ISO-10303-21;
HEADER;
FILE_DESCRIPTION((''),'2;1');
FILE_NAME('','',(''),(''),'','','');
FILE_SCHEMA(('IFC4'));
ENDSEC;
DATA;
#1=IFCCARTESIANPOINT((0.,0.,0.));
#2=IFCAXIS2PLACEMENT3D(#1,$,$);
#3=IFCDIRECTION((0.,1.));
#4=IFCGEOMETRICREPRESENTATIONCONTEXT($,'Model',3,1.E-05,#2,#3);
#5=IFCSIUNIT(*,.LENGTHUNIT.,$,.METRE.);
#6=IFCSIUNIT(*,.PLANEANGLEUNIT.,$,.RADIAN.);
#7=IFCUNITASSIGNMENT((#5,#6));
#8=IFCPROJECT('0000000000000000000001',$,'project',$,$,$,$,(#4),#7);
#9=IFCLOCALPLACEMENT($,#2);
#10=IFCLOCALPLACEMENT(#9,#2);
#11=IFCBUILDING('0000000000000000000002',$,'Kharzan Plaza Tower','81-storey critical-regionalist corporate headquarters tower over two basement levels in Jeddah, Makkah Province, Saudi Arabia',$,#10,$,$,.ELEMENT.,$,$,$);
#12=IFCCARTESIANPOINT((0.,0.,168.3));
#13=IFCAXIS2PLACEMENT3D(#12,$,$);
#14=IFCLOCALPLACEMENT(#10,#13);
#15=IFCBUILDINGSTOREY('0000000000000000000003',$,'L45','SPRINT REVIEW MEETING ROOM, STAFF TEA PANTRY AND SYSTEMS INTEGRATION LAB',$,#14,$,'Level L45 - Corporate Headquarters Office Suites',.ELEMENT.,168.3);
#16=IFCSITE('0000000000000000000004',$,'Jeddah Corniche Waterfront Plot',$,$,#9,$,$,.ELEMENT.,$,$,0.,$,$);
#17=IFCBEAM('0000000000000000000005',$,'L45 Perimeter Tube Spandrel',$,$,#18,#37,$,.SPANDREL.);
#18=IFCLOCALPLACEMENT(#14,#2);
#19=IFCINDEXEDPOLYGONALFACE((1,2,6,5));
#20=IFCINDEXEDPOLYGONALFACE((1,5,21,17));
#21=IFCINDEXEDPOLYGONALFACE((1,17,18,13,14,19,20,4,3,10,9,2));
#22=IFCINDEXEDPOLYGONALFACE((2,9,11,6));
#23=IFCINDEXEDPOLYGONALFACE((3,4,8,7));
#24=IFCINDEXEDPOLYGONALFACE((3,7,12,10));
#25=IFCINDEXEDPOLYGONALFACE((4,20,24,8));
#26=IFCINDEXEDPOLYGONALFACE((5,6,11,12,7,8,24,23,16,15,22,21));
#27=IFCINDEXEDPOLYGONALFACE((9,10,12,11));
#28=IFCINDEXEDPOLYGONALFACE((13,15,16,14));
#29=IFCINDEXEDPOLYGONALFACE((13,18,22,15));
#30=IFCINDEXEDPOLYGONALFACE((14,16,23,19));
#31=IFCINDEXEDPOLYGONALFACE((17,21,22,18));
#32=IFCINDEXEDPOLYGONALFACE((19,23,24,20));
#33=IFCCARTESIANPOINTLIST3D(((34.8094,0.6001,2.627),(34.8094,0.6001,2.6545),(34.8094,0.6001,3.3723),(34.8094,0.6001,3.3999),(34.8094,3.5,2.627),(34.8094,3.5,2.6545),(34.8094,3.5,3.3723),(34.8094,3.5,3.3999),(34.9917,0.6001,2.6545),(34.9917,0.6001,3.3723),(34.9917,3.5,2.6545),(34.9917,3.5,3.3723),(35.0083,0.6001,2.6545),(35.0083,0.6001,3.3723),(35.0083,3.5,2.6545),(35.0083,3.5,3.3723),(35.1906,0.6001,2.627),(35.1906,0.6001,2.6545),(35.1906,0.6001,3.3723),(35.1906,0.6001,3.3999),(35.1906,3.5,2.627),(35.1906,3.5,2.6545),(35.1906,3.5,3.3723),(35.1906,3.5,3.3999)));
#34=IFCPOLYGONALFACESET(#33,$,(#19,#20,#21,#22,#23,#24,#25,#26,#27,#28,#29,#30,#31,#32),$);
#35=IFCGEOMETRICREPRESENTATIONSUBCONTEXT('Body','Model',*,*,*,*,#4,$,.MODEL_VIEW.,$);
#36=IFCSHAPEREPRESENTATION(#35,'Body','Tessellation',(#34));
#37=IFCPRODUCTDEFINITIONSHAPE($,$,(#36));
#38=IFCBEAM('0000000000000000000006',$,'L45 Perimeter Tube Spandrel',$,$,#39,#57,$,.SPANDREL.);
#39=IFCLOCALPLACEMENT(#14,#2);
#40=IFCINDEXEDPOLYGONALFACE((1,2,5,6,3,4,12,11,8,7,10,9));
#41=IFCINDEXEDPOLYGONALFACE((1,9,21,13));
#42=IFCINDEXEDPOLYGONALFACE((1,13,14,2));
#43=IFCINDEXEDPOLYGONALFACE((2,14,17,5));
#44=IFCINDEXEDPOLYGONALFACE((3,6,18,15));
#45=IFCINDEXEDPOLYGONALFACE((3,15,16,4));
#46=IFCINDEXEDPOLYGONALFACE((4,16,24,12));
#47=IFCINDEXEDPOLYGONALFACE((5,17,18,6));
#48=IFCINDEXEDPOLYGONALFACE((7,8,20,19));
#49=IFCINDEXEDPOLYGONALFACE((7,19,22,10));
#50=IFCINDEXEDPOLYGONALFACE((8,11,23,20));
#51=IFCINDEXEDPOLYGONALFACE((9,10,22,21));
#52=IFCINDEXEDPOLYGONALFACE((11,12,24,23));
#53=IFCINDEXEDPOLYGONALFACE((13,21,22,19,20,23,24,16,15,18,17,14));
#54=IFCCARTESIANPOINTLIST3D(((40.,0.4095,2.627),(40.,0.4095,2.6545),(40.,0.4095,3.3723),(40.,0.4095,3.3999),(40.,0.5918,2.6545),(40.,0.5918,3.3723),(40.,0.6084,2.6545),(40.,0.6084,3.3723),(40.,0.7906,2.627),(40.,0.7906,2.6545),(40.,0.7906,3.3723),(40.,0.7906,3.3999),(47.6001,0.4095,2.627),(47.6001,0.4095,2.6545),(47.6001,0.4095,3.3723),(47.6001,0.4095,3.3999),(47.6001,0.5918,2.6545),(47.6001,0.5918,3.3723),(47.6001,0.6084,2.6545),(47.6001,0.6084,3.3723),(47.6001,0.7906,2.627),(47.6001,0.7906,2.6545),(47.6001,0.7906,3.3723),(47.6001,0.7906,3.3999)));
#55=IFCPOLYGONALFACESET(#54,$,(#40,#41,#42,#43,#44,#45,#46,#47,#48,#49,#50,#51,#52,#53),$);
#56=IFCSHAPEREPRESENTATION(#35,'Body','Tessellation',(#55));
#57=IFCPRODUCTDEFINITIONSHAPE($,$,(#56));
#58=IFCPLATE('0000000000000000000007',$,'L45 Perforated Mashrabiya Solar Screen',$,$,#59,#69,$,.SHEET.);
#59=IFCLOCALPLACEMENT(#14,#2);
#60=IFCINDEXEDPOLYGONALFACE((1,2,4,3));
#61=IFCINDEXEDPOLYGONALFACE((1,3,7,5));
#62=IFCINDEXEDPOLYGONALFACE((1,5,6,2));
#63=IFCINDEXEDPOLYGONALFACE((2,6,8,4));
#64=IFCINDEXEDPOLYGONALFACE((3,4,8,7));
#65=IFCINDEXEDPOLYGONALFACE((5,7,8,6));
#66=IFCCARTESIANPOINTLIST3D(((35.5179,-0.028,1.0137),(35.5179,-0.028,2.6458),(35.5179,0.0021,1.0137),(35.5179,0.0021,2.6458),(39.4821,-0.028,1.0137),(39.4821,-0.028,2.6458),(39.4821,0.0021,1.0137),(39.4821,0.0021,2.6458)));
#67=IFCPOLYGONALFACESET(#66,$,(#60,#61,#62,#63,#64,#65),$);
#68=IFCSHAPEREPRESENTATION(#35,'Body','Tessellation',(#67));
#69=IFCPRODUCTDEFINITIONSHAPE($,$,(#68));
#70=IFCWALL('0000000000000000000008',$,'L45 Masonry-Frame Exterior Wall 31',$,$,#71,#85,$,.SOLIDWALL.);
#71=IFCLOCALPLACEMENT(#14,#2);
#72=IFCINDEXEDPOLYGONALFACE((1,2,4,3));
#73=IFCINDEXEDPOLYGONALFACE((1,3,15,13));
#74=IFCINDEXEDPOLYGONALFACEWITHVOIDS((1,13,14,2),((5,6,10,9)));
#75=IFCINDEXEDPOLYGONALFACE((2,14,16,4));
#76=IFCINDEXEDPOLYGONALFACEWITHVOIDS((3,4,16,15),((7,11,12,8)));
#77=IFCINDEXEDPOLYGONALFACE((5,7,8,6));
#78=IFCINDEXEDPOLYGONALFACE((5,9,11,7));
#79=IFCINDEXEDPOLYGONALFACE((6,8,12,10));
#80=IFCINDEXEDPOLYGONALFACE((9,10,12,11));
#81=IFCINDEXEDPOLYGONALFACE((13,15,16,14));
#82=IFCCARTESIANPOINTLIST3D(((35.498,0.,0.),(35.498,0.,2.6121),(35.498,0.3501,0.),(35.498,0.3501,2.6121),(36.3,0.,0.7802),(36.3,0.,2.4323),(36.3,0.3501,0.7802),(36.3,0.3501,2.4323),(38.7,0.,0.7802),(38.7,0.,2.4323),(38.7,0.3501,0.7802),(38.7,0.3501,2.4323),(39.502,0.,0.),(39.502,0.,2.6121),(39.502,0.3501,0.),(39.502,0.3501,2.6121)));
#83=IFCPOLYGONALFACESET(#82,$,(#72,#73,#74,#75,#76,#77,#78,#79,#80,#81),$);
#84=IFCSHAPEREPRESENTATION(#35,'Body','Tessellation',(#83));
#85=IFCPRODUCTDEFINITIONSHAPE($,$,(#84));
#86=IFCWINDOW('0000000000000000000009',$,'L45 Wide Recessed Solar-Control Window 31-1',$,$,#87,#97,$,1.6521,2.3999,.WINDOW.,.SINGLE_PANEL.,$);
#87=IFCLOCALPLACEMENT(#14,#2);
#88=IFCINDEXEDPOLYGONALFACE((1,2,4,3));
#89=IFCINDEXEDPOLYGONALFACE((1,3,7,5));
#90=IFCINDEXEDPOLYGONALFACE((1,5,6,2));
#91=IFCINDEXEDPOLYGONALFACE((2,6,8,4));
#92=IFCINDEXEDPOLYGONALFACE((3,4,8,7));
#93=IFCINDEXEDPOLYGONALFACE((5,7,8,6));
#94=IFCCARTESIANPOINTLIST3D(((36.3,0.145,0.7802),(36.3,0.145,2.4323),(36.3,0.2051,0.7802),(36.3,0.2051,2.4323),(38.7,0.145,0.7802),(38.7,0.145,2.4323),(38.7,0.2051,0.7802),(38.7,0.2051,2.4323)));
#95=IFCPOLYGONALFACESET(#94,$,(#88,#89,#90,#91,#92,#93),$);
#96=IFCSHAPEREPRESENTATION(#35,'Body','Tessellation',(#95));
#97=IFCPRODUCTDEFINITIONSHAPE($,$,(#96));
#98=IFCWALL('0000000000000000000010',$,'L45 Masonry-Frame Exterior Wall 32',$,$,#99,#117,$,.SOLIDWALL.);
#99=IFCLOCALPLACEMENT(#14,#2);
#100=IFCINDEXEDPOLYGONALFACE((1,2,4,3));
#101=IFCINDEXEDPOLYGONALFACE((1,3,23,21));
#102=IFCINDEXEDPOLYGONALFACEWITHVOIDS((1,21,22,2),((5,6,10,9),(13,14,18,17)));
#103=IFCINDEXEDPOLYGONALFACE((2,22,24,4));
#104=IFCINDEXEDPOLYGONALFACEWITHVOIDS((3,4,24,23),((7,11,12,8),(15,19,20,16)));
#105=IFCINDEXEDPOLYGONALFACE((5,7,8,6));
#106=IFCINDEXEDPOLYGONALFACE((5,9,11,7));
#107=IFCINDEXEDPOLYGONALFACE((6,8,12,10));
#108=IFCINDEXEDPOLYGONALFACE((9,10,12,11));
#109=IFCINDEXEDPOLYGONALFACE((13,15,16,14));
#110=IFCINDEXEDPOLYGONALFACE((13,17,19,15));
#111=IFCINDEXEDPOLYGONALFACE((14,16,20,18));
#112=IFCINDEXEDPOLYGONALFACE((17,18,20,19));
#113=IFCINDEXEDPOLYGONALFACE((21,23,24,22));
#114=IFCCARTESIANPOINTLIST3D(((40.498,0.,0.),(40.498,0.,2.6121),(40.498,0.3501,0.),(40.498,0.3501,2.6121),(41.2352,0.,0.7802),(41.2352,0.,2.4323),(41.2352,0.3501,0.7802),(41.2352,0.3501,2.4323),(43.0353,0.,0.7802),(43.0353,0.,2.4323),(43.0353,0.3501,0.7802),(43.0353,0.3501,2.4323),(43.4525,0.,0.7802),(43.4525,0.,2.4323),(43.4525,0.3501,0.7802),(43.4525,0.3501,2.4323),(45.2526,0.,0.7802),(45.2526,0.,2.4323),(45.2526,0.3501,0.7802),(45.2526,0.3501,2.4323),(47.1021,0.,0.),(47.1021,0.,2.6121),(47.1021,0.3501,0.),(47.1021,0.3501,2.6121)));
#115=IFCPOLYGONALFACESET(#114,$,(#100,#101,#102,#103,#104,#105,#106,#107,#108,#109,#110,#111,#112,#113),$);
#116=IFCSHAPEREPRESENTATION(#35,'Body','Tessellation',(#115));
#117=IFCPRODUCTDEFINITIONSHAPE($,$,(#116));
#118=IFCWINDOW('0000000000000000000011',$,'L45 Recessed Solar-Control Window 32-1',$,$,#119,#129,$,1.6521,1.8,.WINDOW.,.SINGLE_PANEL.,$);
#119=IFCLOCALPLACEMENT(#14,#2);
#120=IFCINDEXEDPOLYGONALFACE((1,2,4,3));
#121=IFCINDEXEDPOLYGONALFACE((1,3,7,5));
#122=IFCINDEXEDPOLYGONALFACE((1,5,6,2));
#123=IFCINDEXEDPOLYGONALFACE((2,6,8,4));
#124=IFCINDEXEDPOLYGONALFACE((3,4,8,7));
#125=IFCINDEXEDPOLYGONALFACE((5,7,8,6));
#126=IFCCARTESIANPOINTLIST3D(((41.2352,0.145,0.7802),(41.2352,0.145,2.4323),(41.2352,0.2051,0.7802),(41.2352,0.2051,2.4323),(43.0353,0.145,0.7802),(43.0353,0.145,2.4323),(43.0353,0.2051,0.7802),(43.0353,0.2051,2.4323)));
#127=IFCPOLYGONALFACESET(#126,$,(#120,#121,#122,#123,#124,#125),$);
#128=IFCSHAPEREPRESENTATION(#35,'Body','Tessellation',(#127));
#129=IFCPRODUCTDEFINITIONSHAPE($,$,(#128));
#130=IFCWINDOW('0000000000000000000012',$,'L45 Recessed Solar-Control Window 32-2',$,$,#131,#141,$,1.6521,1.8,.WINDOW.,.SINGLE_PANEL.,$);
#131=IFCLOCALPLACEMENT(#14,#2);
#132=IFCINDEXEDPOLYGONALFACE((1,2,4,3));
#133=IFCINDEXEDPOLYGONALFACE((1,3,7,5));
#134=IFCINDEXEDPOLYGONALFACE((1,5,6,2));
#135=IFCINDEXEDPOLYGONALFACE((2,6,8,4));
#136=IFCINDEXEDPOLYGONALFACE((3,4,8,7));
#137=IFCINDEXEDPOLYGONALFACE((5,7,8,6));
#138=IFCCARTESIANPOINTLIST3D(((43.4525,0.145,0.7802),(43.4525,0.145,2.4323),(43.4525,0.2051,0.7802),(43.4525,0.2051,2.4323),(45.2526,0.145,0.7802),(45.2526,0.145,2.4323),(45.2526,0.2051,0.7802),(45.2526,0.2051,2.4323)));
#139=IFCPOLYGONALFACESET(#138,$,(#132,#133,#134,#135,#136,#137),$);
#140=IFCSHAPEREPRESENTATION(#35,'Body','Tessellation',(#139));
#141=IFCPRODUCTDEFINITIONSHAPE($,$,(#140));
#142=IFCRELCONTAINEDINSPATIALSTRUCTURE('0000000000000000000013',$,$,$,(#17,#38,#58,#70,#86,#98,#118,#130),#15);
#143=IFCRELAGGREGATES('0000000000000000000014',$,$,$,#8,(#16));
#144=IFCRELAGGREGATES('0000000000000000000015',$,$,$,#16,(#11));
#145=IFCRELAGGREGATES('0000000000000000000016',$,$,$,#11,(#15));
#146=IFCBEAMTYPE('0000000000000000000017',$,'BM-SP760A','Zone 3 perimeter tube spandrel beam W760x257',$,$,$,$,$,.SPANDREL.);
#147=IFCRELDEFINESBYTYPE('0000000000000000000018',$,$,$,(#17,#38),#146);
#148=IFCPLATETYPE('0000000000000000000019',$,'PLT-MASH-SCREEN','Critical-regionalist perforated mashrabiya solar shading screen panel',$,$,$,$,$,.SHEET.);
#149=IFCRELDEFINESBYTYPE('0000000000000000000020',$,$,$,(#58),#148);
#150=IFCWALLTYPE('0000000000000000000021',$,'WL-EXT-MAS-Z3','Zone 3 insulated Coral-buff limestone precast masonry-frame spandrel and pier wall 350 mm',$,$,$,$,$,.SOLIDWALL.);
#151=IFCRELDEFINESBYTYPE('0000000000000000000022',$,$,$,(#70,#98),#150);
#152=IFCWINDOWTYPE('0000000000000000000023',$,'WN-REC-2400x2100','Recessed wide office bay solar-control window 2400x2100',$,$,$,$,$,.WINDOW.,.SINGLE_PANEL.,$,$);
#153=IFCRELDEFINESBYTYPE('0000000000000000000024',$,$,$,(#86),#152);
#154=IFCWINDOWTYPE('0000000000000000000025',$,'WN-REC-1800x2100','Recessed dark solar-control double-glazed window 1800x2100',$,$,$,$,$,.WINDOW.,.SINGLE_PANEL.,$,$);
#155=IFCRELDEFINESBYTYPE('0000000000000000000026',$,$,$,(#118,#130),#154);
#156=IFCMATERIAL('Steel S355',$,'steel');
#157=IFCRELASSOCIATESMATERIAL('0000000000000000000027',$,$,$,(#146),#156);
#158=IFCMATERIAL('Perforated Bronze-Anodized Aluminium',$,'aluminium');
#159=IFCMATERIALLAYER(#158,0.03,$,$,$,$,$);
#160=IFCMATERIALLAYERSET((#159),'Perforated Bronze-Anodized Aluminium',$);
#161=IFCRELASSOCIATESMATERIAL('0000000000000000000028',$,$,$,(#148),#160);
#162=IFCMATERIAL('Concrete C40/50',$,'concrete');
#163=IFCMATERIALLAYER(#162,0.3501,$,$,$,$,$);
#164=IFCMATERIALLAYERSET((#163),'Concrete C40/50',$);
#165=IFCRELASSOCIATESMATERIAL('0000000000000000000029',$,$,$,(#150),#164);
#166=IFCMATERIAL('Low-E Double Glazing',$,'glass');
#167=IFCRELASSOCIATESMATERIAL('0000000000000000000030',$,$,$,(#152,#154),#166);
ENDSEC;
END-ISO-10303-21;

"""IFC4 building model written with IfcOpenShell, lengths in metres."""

from ifc_helpers import new_model, si_unit, direction, frame, frame_2d, origin, origin_2d, place, context, subcontext, project, spatial, rectangle, i_section, extrude, source, transform, mapped, material, layer, layer_set, material_profile, profile_set, type_object, element, fill, save


model = new_model("IFC4")

# Units and contexts
model_context = context("Model", 3, precision=1e-05, world=origin(), true_north=direction((0.0, 1.0)))
body_context = subcontext(model_context, "Body", "Model", "MODEL_VIEW")
ifc_project = project(units=[si_unit("LENGTHUNIT", "METRE"), si_unit("PLANEANGLEUNIT", "RADIAN")], contexts=[model_context])

# Site, building, storey
site_placement = place(None, origin())
site = spatial("IfcSite", under=ifc_project, at=site_placement, Name="Jeddah Corniche Waterfront Plot", CompositionType="ELEMENT", RefElevation=0.0)
building_placement = place(site_placement, origin())
building = spatial("IfcBuilding", under=site, at=building_placement, Name="Kharzan Plaza Tower", Description="81-storey critical-regionalist corporate headquarters tower over two basement levels in Jeddah, Makkah Province, Saudi Arabia", CompositionType="ELEMENT")
storey_placement = place(building_placement, frame((0.0, 0.0, 168.3)))
storey = spatial("IfcBuildingStorey", under=building, at=storey_placement, Name="L45", Description="SPRINT REVIEW MEETING ROOM, STAFF TEA PANTRY AND SYSTEMS INTEGRATION LAB", LongName="Level L45 - Corporate Headquarters Office Suites", CompositionType="ELEMENT", Elevation=168.3)

# Beams
ifc_material_1 = material(Name="Steel S355", Category="steel")
ifc_material_profile_1 = material_profile(ifc_material_1, i_section(OverallWidth=0.3811, OverallDepth=0.7729, WebThickness=0.0166, FlangeThickness=0.0276, at=origin_2d()), Name="W760x257")
ifc_profile_set_1 = profile_set([ifc_material_profile_1], Name="Steel S355")
beam_type_1 = type_object("IfcBeamType", Name="BM-SP760A", Description="Zone 3 perimeter tube spandrel beam W760x257", PredefinedType="SPANDREL", material=ifc_profile_set_1)
shared_shape_1 = source(origin(), body_context, "Body", "SweptSolid", [
    extrude(i_section(OverallWidth=0.3811, OverallDepth=0.7729, WebThickness=0.0166, FlangeThickness=0.0276, at=origin_2d()), origin(), (0.0, 0.0, 1.0), 2.8999),
])
beam_1_placement = place(storey_placement, frame((35.0, 0.6001, 3.0134), z_axis=(0.0, 1.0, 0.0), x_axis=(-1.0, 0.0, 0.0)))
element("IfcBeam", 1, at=beam_1_placement, inside=storey, type_object=beam_type_1, Name="L45 Perimeter Tube Spandrel", PredefinedType="SPANDREL", context=body_context, shape_type="MappedRepresentation", body=[
    mapped(shared_shape_1, transform((0.0, 0.0, 0.0), x_axis=(1.0, 0.0, 0.0), y_axis=(0.0, 1.0, 0.0), z_axis=(0.0, 0.0, 1.0))),
])
shared_shape_2 = source(origin(), body_context, "Body", "SweptSolid", [
    extrude(i_section(OverallWidth=0.3811, OverallDepth=0.7729, WebThickness=0.0166, FlangeThickness=0.0276, at=origin_2d()), origin(), (0.0, 0.0, 1.0), 7.6001),
])
beam_2_placement = place(storey_placement, frame((40.0, 0.6001, 3.0134), z_axis=(1.0, 0.0, 0.0), x_axis=(0.0, 1.0, 0.0)))
element("IfcBeam", 2, at=beam_2_placement, inside=storey, type_object=beam_type_1, Name="L45 Perimeter Tube Spandrel", PredefinedType="SPANDREL", context=body_context, shape_type="MappedRepresentation", body=[
    mapped(shared_shape_2, transform((0.0, 0.0, 0.0), x_axis=(1.0, 0.0, 0.0), y_axis=(0.0, 1.0, 0.0), z_axis=(0.0, 0.0, 1.0))),
])

# Plate
ifc_material_2 = material(Name="Perforated Bronze-Anodized Aluminium", Category="aluminium")
ifc_layer_1 = layer(ifc_material_2, 0.03)
ifc_layer_set_1 = layer_set([ifc_layer_1], Name="Perforated Bronze-Anodized Aluminium")
plate_type = type_object("IfcPlateType", Name="PLT-MASH-SCREEN", Description="Critical-regionalist perforated mashrabiya solar shading screen panel", PredefinedType="SHEET", material=ifc_layer_set_1)
shared_shape_3 = source(origin(), body_context, "Body", "SweptSolid", [
    extrude(rectangle(XDim=3.9641, YDim=0.03, at=origin_2d()), origin(), (0.0, 0.0, 1.0), 1.6321),
])
plate_placement = place(storey_placement, frame((37.5, -0.0129, 1.0137), z_axis=(0.0, 0.0, 1.0), x_axis=(1.0, 0.0, 0.0)))
element("IfcPlate", 3, at=plate_placement, inside=storey, type_object=plate_type, Name="L45 Perforated Mashrabiya Solar Screen", PredefinedType="SHEET", context=body_context, shape_type="MappedRepresentation", body=[
    mapped(shared_shape_3, transform((0.0, 0.0, 0.0), x_axis=(1.0, 0.0, 0.0), y_axis=(0.0, 1.0, 0.0), z_axis=(0.0, 0.0, 1.0))),
])

# Wall, opening, window
ifc_material_3 = material(Name="Concrete C40/50", Category="concrete")
ifc_layer_2 = layer(ifc_material_3, 0.3501)
ifc_layer_set_2 = layer_set([ifc_layer_2], Name="Concrete C40/50")
wall_type_1 = type_object("IfcWallType", Name="WL-EXT-MAS-Z3", Description="Zone 3 insulated Coral-buff limestone precast masonry-frame spandrel and pier wall 350 mm", PredefinedType="SOLIDWALL", material=ifc_layer_set_2)
wall_1_placement = place(storey_placement, frame((35.498, 0.175, 0.0), z_axis=(0.0, 0.0, 1.0), x_axis=(1.0, 0.0, 0.0)))
wall_1 = element("IfcWall", 4, at=wall_1_placement, inside=storey, type_object=wall_type_1, Name="L45 Masonry-Frame Exterior Wall 31", PredefinedType="SOLIDWALL", context=body_context, shape_type="SweptSolid", body=[
    extrude(rectangle(XDim=4.0039, YDim=0.3501, at=frame_2d((2.002, 0.0))), origin(), (0.0, 0.0, 1.0), 2.6121),
])
opening_1_placement = place(wall_1_placement, frame((0.802, 0.0, 0.78)))
opening_1 = element("IfcOpeningElement", 5, at=opening_1_placement, cuts=wall_1, PredefinedType="OPENING", context=body_context, shape_type="SweptSolid", body=[
    extrude(rectangle(XDim=2.3999, YDim=1.6521, at=frame_2d((1.2, 0.8262))), frame((0.0, 0.1851, 0.0), z_axis=(0.0, -1.0, 0.0), x_axis=(1.0, 0.0, 0.0)), (0.0, 0.0, 1.0), 0.3701),
])
ifc_material_4 = material(Name="Low-E Double Glazing", Category="glass")
window_type_1 = type_object("IfcWindowType", Name="WN-REC-2400x2100", Description="Recessed wide office bay solar-control window 2400x2100", PartitioningType="SINGLE_PANEL", PredefinedType="WINDOW", material=ifc_material_4)
shared_shape_4 = source(origin(), body_context, "Body", "SweptSolid", [
    extrude(rectangle(XDim=2.3999, YDim=1.6521, at=frame_2d((1.2, 0.8262))), frame((0.0, 0.03, 0.0), z_axis=(0.0, -1.0, 0.0), x_axis=(1.0, 0.0, 0.0)), (0.0, 0.0, 1.0), 0.0601),
])
window_1_placement = place(opening_1_placement, origin())
window_1 = element("IfcWindow", 6, at=window_1_placement, inside=storey, type_object=window_type_1, Name="L45 Wide Recessed Solar-Control Window 31-1", OverallHeight=1.6521, OverallWidth=2.3999, PartitioningType="SINGLE_PANEL", PredefinedType="WINDOW", context=body_context, shape_type="MappedRepresentation", body=[
    mapped(shared_shape_4, transform((0.0, 0.0, 0.0), x_axis=(1.0, 0.0, 0.0), y_axis=(0.0, 1.0, 0.0), z_axis=(0.0, 0.0, 1.0))),
])
fill(opening_1, window_1)

# Wall, openings, windows
wall_2_placement = place(storey_placement, frame((40.498, 0.175, 0.0), z_axis=(0.0, 0.0, 1.0), x_axis=(1.0, 0.0, 0.0)))
wall_2 = element("IfcWall", 7, at=wall_2_placement, inside=storey, type_object=wall_type_1, Name="L45 Masonry-Frame Exterior Wall 32", PredefinedType="SOLIDWALL", context=body_context, shape_type="SweptSolid", body=[
    extrude(rectangle(XDim=6.604, YDim=0.3501, at=frame_2d((3.302, 0.0))), origin(), (0.0, 0.0, 1.0), 2.6121),
])
opening_2_placement = place(wall_2_placement, frame((0.7373, 0.0, 0.78)))
opening_2 = element("IfcOpeningElement", 8, at=opening_2_placement, cuts=wall_2, PredefinedType="OPENING", context=body_context, shape_type="SweptSolid", body=[
    extrude(rectangle(XDim=1.8, YDim=1.6521, at=frame_2d((0.8999, 0.8262))), frame((0.0, 0.1851, 0.0), z_axis=(0.0, -1.0, 0.0), x_axis=(1.0, 0.0, 0.0)), (0.0, 0.0, 1.0), 0.3701),
])
opening_3_placement = place(wall_2_placement, frame((2.9546, 0.0, 0.78)))
opening_3 = element("IfcOpeningElement", 9, at=opening_3_placement, cuts=wall_2, PredefinedType="OPENING", context=body_context, shape_type="SweptSolid", body=[
    extrude(rectangle(XDim=1.8, YDim=1.6521, at=frame_2d((0.8999, 0.8262))), frame((0.0, 0.1851, 0.0), z_axis=(0.0, -1.0, 0.0), x_axis=(1.0, 0.0, 0.0)), (0.0, 0.0, 1.0), 0.3701),
])
window_type_2 = type_object("IfcWindowType", Name="WN-REC-1800x2100", Description="Recessed dark solar-control double-glazed window 1800x2100", PartitioningType="SINGLE_PANEL", PredefinedType="WINDOW", material=ifc_material_4)
shared_shape_5 = source(origin(), body_context, "Body", "SweptSolid", [
    extrude(rectangle(XDim=1.8, YDim=1.6521, at=frame_2d((0.8999, 0.8262))), frame((0.0, 0.03, 0.0), z_axis=(0.0, -1.0, 0.0), x_axis=(1.0, 0.0, 0.0)), (0.0, 0.0, 1.0), 0.0601),
])
window_2_placement = place(opening_2_placement, origin())
window_2 = element("IfcWindow", 10, at=window_2_placement, inside=storey, type_object=window_type_2, Name="L45 Recessed Solar-Control Window 32-1", OverallHeight=1.6521, OverallWidth=1.8, PartitioningType="SINGLE_PANEL", PredefinedType="WINDOW", context=body_context, shape_type="MappedRepresentation", body=[
    mapped(shared_shape_5, transform((0.0, 0.0, 0.0), x_axis=(1.0, 0.0, 0.0), y_axis=(0.0, 1.0, 0.0), z_axis=(0.0, 0.0, 1.0))),
])
fill(opening_2, window_2)
window_3_placement = place(opening_3_placement, origin())
window_3 = element("IfcWindow", 11, at=window_3_placement, inside=storey, type_object=window_type_2, Name="L45 Recessed Solar-Control Window 32-2", OverallHeight=1.6521, OverallWidth=1.8, PartitioningType="SINGLE_PANEL", PredefinedType="WINDOW", context=body_context, shape_type="MappedRepresentation", body=[
    mapped(shared_shape_5, transform((0.0, 0.0, 0.0), x_axis=(1.0, 0.0, 0.0), y_axis=(0.0, 1.0, 0.0), z_axis=(0.0, 0.0, 1.0))),
])
fill(opening_3, window_3)

save(model, "model.ifc")
